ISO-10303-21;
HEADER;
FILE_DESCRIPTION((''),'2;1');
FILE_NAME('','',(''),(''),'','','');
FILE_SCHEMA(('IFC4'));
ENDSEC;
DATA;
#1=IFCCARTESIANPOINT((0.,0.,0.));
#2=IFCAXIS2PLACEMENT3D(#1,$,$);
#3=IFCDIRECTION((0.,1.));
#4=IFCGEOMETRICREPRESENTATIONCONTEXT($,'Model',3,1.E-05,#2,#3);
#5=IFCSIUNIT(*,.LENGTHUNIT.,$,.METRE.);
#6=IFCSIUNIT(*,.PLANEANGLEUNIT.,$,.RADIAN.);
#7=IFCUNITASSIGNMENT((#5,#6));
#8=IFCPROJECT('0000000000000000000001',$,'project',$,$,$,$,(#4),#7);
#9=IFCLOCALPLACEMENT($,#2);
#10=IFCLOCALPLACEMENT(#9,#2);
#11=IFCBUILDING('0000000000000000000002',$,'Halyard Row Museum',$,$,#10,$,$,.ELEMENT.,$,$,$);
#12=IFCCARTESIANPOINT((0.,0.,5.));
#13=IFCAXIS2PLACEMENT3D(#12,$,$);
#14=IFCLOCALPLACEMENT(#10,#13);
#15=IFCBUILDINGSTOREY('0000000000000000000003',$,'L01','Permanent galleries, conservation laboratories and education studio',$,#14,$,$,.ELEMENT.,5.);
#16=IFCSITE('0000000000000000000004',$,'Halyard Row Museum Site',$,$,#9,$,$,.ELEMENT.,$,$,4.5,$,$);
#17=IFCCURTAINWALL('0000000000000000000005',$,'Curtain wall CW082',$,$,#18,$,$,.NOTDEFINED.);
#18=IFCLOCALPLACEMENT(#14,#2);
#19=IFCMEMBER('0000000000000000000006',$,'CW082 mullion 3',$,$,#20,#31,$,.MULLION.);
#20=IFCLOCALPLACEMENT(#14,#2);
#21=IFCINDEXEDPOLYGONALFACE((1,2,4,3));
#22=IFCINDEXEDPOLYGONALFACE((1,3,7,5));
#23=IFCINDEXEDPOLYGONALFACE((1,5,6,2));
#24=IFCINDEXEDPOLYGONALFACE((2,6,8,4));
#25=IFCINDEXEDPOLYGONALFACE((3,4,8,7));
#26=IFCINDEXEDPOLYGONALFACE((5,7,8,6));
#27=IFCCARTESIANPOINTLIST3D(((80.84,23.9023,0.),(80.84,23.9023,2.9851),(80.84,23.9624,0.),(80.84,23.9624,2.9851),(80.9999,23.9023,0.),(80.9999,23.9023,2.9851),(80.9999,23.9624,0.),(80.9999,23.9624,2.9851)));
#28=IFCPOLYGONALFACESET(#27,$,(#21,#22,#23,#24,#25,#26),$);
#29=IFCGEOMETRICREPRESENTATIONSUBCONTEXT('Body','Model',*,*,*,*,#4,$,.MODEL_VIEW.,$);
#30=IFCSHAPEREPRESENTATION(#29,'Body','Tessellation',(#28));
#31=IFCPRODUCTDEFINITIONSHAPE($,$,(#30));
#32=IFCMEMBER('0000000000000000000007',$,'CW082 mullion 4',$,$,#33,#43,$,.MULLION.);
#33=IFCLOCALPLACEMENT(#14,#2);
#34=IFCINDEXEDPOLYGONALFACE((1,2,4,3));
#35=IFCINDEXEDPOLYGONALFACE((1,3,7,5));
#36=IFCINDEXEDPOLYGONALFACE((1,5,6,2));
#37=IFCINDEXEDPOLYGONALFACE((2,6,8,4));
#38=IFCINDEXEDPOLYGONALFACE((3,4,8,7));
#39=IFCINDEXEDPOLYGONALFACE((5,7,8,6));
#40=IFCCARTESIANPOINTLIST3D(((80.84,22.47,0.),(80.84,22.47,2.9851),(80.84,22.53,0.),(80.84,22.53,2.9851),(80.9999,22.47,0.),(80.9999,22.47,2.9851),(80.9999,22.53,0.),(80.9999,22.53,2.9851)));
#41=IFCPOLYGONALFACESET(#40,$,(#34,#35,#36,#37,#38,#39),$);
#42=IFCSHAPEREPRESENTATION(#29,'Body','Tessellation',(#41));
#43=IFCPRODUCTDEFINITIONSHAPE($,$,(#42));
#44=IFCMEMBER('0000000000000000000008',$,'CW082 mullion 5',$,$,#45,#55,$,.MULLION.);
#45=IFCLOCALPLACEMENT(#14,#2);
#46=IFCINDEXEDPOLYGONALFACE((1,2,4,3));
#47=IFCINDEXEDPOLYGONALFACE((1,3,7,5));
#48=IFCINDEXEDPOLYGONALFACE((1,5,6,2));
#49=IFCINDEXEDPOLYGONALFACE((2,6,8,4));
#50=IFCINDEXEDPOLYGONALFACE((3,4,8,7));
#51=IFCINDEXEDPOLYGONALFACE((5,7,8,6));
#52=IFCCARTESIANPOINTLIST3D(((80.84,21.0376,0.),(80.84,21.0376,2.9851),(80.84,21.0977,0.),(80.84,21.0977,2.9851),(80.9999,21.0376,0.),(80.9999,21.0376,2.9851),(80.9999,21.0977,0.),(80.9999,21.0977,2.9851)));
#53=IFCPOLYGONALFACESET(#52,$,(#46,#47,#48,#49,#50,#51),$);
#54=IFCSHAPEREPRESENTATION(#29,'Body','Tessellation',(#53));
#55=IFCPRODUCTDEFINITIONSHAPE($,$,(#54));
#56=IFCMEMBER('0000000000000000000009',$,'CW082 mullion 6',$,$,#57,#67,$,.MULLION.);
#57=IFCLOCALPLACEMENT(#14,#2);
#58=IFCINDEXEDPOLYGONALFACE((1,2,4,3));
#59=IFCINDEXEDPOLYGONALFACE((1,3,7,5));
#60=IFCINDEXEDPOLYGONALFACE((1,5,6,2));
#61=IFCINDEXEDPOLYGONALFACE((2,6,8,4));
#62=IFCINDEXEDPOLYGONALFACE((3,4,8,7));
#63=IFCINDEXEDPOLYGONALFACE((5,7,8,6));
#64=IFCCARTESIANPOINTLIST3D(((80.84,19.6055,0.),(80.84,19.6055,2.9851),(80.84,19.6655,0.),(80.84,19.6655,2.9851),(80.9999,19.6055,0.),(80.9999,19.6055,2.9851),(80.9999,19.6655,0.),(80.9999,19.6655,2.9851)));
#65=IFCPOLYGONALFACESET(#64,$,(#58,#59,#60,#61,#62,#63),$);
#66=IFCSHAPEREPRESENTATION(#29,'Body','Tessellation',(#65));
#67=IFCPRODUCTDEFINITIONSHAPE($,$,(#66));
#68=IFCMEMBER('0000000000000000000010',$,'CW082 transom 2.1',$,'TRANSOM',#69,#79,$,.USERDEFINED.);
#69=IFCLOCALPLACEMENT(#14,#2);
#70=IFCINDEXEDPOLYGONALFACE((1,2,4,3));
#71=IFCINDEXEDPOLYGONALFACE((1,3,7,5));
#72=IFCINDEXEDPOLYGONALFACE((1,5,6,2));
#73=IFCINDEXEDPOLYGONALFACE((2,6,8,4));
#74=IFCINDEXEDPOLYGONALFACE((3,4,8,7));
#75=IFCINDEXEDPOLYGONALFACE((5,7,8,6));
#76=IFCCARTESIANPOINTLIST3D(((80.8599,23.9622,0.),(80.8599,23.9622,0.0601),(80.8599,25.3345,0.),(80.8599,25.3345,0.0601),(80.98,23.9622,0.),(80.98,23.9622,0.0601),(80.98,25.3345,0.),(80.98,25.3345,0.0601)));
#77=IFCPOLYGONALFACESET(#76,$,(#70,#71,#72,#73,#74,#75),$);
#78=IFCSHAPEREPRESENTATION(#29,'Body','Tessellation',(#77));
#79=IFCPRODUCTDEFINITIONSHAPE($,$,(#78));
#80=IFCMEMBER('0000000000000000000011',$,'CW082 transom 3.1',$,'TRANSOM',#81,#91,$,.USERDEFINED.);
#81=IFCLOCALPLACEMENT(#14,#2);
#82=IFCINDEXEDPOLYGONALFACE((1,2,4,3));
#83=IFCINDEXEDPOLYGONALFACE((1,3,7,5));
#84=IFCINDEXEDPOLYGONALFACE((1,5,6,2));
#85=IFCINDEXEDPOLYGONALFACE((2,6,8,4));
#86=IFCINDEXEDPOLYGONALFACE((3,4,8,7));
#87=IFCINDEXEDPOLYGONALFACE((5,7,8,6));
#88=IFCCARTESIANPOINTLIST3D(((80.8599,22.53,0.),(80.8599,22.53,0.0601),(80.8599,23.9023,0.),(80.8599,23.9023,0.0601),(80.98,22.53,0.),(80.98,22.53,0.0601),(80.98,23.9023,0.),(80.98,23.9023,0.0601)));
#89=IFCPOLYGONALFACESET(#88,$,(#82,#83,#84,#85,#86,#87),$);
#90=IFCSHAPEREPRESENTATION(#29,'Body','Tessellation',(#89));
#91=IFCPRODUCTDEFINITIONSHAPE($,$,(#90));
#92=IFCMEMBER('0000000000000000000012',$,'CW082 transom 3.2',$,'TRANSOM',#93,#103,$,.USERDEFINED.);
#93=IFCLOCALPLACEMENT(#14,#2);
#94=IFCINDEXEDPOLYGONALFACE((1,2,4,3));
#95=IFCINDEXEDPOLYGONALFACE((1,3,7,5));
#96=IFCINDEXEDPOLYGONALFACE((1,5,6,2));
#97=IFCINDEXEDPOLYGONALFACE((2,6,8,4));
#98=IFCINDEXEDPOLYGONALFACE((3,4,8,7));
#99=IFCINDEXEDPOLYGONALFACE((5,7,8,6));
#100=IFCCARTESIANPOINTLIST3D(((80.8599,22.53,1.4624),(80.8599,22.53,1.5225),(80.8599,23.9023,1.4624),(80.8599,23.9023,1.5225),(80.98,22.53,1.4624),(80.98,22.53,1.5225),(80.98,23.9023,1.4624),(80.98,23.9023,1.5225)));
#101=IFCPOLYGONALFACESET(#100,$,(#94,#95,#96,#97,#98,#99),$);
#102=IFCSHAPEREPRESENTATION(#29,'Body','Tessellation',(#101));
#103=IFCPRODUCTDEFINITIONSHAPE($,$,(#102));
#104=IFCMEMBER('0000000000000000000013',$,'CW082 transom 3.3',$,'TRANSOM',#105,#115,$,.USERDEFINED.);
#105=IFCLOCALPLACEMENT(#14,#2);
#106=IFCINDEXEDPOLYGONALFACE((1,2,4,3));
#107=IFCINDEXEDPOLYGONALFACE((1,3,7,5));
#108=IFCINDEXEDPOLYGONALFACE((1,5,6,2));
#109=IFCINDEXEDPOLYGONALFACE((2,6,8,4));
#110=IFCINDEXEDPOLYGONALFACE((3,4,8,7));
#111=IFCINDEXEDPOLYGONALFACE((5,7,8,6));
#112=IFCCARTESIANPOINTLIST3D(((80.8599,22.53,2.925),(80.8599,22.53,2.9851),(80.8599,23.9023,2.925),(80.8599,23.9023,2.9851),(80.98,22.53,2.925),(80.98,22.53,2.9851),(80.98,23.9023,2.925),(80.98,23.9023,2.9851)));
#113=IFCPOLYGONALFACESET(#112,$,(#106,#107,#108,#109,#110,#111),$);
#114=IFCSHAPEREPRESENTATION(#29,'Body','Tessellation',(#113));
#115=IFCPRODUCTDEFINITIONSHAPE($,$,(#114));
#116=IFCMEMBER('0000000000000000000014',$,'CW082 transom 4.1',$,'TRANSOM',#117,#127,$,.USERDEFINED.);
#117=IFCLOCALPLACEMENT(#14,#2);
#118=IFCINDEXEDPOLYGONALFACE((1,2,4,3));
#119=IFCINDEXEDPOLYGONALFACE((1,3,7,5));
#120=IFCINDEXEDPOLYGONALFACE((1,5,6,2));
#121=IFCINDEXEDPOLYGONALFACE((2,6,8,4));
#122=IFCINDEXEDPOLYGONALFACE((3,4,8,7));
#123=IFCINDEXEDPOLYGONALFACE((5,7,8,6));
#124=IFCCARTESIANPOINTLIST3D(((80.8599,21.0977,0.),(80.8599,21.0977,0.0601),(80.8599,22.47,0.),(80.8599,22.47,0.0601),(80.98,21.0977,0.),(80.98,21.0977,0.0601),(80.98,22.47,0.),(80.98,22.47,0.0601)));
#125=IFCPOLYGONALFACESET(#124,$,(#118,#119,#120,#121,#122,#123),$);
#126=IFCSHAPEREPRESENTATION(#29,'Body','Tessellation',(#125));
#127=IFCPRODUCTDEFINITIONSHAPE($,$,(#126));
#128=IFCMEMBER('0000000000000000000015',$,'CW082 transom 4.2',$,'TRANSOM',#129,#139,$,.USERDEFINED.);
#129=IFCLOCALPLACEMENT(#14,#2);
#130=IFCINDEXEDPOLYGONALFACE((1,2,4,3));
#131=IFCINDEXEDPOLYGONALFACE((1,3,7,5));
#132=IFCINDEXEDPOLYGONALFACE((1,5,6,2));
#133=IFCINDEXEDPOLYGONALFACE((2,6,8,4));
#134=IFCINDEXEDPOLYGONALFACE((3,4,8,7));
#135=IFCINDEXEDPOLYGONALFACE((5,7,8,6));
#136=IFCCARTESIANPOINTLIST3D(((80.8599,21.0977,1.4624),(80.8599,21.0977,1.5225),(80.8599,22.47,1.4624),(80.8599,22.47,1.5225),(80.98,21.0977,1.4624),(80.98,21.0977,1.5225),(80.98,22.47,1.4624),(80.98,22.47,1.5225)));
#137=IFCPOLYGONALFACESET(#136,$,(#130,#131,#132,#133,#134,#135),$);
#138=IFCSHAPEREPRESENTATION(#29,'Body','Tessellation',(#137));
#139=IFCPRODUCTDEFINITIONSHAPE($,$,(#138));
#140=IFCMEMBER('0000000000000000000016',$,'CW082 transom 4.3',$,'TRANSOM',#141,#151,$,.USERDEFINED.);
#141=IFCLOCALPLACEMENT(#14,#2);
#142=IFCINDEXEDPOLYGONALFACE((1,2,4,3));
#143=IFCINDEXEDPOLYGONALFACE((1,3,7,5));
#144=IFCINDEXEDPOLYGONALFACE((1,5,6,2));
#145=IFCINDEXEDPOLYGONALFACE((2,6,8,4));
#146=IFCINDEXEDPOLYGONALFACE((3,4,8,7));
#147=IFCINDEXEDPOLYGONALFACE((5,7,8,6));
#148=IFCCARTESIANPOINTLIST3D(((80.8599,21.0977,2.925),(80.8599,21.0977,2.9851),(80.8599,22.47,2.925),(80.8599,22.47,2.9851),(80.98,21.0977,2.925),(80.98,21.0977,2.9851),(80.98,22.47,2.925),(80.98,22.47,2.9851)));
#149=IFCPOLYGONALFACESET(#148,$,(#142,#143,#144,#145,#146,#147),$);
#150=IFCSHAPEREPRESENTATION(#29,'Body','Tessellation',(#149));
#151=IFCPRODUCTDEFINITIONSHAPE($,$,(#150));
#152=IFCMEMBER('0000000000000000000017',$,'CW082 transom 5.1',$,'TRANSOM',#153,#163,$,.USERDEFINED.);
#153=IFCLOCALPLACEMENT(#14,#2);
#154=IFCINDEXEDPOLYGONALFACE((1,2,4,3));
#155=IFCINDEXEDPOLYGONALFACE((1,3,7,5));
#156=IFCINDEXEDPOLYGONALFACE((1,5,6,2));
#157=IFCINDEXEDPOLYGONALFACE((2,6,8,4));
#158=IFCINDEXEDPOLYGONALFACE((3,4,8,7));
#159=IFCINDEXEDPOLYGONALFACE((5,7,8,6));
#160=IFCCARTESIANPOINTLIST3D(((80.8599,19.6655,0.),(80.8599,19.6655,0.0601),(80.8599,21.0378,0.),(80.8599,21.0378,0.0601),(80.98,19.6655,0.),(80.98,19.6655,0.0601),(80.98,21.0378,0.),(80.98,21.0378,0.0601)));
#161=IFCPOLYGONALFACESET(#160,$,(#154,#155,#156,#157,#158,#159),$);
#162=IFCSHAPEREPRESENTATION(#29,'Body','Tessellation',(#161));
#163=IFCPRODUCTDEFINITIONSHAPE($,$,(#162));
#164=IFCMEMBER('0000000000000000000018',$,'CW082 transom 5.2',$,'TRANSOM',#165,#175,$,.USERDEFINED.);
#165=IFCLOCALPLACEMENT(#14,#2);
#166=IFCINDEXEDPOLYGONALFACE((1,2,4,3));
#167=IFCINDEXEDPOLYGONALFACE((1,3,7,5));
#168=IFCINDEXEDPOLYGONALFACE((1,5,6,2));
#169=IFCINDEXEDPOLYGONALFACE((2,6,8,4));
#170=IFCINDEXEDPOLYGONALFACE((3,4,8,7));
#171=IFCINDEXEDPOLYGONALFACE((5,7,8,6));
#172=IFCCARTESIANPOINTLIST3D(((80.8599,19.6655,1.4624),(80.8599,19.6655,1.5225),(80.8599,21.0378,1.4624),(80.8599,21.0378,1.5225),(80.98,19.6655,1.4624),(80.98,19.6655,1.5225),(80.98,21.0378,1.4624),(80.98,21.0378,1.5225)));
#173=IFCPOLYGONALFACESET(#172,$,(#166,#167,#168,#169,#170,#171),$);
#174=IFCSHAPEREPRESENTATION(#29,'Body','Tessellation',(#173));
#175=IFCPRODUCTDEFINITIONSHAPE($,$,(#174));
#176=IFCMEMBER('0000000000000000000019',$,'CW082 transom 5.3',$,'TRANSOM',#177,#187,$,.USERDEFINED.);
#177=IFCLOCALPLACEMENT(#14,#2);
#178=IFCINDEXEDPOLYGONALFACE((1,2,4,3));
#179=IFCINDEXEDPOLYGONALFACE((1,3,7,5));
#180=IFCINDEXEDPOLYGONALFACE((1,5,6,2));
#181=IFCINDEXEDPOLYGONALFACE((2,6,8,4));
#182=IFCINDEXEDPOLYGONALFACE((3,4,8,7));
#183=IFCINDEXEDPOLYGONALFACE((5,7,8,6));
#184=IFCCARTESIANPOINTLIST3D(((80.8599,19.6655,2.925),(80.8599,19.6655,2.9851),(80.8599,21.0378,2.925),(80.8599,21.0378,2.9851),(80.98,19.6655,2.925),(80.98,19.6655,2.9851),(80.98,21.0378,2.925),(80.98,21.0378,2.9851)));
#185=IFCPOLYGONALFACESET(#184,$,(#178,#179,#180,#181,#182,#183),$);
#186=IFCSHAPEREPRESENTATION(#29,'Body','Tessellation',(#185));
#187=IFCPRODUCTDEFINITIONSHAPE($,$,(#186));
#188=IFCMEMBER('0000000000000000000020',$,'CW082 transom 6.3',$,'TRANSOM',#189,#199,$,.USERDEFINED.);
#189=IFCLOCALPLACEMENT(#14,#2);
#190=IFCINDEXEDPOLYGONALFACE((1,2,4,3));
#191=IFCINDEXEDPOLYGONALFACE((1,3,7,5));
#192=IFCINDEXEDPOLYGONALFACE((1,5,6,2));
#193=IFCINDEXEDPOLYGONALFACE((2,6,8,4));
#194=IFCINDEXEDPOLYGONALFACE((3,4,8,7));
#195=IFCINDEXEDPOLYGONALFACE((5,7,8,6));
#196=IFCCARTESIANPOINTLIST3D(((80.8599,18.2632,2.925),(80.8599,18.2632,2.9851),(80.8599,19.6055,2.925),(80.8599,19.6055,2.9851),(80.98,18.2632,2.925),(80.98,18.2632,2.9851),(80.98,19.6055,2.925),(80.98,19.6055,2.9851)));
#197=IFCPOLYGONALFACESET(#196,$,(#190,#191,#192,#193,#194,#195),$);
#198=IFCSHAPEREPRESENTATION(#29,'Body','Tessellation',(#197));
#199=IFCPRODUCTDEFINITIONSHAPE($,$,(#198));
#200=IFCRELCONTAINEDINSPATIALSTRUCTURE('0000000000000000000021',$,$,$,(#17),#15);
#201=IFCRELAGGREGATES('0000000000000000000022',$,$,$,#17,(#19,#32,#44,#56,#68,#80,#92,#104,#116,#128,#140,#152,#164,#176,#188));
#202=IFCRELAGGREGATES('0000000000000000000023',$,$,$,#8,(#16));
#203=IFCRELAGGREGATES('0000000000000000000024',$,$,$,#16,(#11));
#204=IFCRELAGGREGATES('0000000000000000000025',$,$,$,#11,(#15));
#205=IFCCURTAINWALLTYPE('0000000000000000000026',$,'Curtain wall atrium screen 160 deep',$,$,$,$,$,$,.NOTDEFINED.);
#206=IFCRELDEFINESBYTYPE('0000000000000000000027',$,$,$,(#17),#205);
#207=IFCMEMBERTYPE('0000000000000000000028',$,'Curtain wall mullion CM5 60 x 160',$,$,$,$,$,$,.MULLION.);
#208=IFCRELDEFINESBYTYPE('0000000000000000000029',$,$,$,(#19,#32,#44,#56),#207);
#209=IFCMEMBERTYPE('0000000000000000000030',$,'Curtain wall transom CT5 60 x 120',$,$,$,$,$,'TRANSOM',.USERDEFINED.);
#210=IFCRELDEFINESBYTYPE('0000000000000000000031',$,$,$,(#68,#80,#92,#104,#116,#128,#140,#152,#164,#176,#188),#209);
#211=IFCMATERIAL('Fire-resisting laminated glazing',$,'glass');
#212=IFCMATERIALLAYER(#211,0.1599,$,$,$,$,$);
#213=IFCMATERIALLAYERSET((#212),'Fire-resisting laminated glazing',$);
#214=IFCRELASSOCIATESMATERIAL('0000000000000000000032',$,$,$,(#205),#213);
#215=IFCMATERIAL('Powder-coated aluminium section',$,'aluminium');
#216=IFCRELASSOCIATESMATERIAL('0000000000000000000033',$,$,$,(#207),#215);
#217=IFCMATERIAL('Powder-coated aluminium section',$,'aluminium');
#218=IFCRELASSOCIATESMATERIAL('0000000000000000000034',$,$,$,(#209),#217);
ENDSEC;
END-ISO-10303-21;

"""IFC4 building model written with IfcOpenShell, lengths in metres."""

from ifc_helpers import new_model, si_unit, direction, frame, origin, origin_2d, place, context, subcontext, project, spatial, rectangle, extrude, material, layer, layer_set, material_profile, profile_set, type_object, element, aggregate, save


model = new_model("IFC4")

# Units and contexts
model_context = context("Model", 3, precision=1e-05, world=origin(), true_north=direction((0.0, 1.0)))
body_context = subcontext(model_context, "Body", "Model", "MODEL_VIEW")
ifc_project = project(units=[si_unit("LENGTHUNIT", "METRE"), si_unit("PLANEANGLEUNIT", "RADIAN")], contexts=[model_context])

# Site, building, storey
site_placement = place(None, origin())
site = spatial("IfcSite", under=ifc_project, at=site_placement, Name="Halyard Row Museum Site", CompositionType="ELEMENT", RefElevation=4.5)
building_placement = place(site_placement, origin())
building = spatial("IfcBuilding", under=site, at=building_placement, Name="Halyard Row Museum", CompositionType="ELEMENT")
storey_placement = place(building_placement, frame((0.0, 0.0, 5.0)))
storey = spatial("IfcBuildingStorey", under=building, at=storey_placement, Name="L01", Description="Permanent galleries, conservation laboratories and education studio", CompositionType="ELEMENT", Elevation=5.0)

# Curtain wall, members
ifc_material_1 = material(Name="Fire-resisting laminated glazing", Category="glass")
ifc_layer_1 = layer(ifc_material_1, 0.1599)
ifc_layer_set_1 = layer_set([ifc_layer_1], Name="Fire-resisting laminated glazing")
curtain_wall_type = type_object("IfcCurtainWallType", Name="Curtain wall atrium screen 160 deep", PredefinedType="NOTDEFINED", material=ifc_layer_set_1)
curtain_wall_placement = place(storey_placement, origin())
curtain_wall = element("IfcCurtainWall", 1, at=curtain_wall_placement, inside=storey, type_object=curtain_wall_type, Name="Curtain wall CW082", PredefinedType="NOTDEFINED")
ifc_material_2 = material(Name="Powder-coated aluminium section", Category="aluminium")
ifc_material_profile_1 = material_profile(ifc_material_2, rectangle(XDim=0.1599, YDim=0.0601, at=origin_2d()), Name="160x60 mullion")
ifc_profile_set_1 = profile_set([ifc_material_profile_1], Name="Powder-coated aluminium section")
member_type_1 = type_object("IfcMemberType", Name="Curtain wall mullion CM5 60 x 160", PredefinedType="MULLION", material=ifc_profile_set_1)
member_1_placement = place(storey_placement, frame((80.9199, 23.9324, 0.0), z_axis=(0.0, 0.0, 1.0), x_axis=(1.0, 0.0, 0.0)))
member_1 = element("IfcMember", 2, at=member_1_placement, type_object=member_type_1, Name="CW082 mullion 3", PredefinedType="MULLION", context=body_context, shape_type="SweptSolid", body=[
    extrude(rectangle(XDim=0.1599, YDim=0.0601, at=origin_2d()), origin(), (0.0, 0.0, 1.0), 2.9851),
])
member_2_placement = place(storey_placement, frame((80.9199, 22.5, 0.0), z_axis=(0.0, 0.0, 1.0), x_axis=(1.0, 0.0, 0.0)))
member_2 = element("IfcMember", 3, at=member_2_placement, type_object=member_type_1, Name="CW082 mullion 4", PredefinedType="MULLION", context=body_context, shape_type="SweptSolid", body=[
    extrude(rectangle(XDim=0.1599, YDim=0.0601, at=origin_2d()), origin(), (0.0, 0.0, 1.0), 2.9851),
])
member_3_placement = place(storey_placement, frame((80.9199, 21.0676, 0.0), z_axis=(0.0, 0.0, 1.0), x_axis=(1.0, 0.0, 0.0)))
member_3 = element("IfcMember", 4, at=member_3_placement, type_object=member_type_1, Name="CW082 mullion 5", PredefinedType="MULLION", context=body_context, shape_type="SweptSolid", body=[
    extrude(rectangle(XDim=0.1599, YDim=0.0601, at=origin_2d()), origin(), (0.0, 0.0, 1.0), 2.9851),
])
member_4_placement = place(storey_placement, frame((80.9199, 19.6355, 0.0), z_axis=(0.0, 0.0, 1.0), x_axis=(1.0, 0.0, 0.0)))
member_4 = element("IfcMember", 5, at=member_4_placement, type_object=member_type_1, Name="CW082 mullion 6", PredefinedType="MULLION", context=body_context, shape_type="SweptSolid", body=[
    extrude(rectangle(XDim=0.1599, YDim=0.0601, at=origin_2d()), origin(), (0.0, 0.0, 1.0), 2.9851),
])
ifc_material_3 = material(Name="Powder-coated aluminium section", Category="aluminium")
ifc_material_profile_2 = material_profile(ifc_material_3, rectangle(XDim=0.1201, YDim=0.0601, at=origin_2d()), Name="120x60 transom")
ifc_profile_set_2 = profile_set([ifc_material_profile_2], Name="Powder-coated aluminium section")
member_type_2 = type_object("IfcMemberType", Name="Curtain wall transom CT5 60 x 120", ElementType="TRANSOM", PredefinedType="USERDEFINED", material=ifc_profile_set_2)
member_5_placement = place(storey_placement, frame((80.9199, 25.3345, 0.03), z_axis=(0.0, -1.0, 0.0), x_axis=(1.0, 0.0, 0.0)))
member_5 = element("IfcMember", 6, at=member_5_placement, type_object=member_type_2, Name="CW082 transom 2.1", ObjectType="TRANSOM", PredefinedType="USERDEFINED", context=body_context, shape_type="SweptSolid", body=[
    extrude(rectangle(XDim=0.1201, YDim=0.0601, at=origin_2d()), origin(), (0.0, 0.0, 1.0), 1.3723),
])
member_6_placement = place(storey_placement, frame((80.9199, 23.9023, 0.03), z_axis=(0.0, -1.0, 0.0), x_axis=(1.0, 0.0, 0.0)))
member_6 = element("IfcMember", 7, at=member_6_placement, type_object=member_type_2, Name="CW082 transom 3.1", ObjectType="TRANSOM", PredefinedType="USERDEFINED", context=body_context, shape_type="SweptSolid", body=[
    extrude(rectangle(XDim=0.1201, YDim=0.0601, at=origin_2d()), origin(), (0.0, 0.0, 1.0), 1.3723),
])
member_7_placement = place(storey_placement, frame((80.9199, 23.9023, 1.4924), z_axis=(0.0, -1.0, 0.0), x_axis=(1.0, 0.0, 0.0)))
member_7 = element("IfcMember", 8, at=member_7_placement, type_object=member_type_2, Name="CW082 transom 3.2", ObjectType="TRANSOM", PredefinedType="USERDEFINED", context=body_context, shape_type="SweptSolid", body=[
    extrude(rectangle(XDim=0.1201, YDim=0.0601, at=origin_2d()), origin(), (0.0, 0.0, 1.0), 1.3723),
])
member_8_placement = place(storey_placement, frame((80.9199, 23.9023, 2.9551), z_axis=(0.0, -1.0, 0.0), x_axis=(1.0, 0.0, 0.0)))
member_8 = element("IfcMember", 9, at=member_8_placement, type_object=member_type_2, Name="CW082 transom 3.3", ObjectType="TRANSOM", PredefinedType="USERDEFINED", context=body_context, shape_type="SweptSolid", body=[
    extrude(rectangle(XDim=0.1201, YDim=0.0601, at=origin_2d()), origin(), (0.0, 0.0, 1.0), 1.3723),
])
member_9_placement = place(storey_placement, frame((80.9199, 22.47, 0.03), z_axis=(0.0, -1.0, 0.0), x_axis=(1.0, 0.0, 0.0)))
member_9 = element("IfcMember", 10, at=member_9_placement, type_object=member_type_2, Name="CW082 transom 4.1", ObjectType="TRANSOM", PredefinedType="USERDEFINED", context=body_context, shape_type="SweptSolid", body=[
    extrude(rectangle(XDim=0.1201, YDim=0.0601, at=origin_2d()), origin(), (0.0, 0.0, 1.0), 1.3723),
])
member_10_placement = place(storey_placement, frame((80.9199, 22.47, 1.4924), z_axis=(0.0, -1.0, 0.0), x_axis=(1.0, 0.0, 0.0)))
member_10 = element("IfcMember", 11, at=member_10_placement, type_object=member_type_2, Name="CW082 transom 4.2", ObjectType="TRANSOM", PredefinedType="USERDEFINED", context=body_context, shape_type="SweptSolid", body=[
    extrude(rectangle(XDim=0.1201, YDim=0.0601, at=origin_2d()), origin(), (0.0, 0.0, 1.0), 1.3723),
])
member_11_placement = place(storey_placement, frame((80.9199, 22.47, 2.9551), z_axis=(0.0, -1.0, 0.0), x_axis=(1.0, 0.0, 0.0)))
member_11 = element("IfcMember", 12, at=member_11_placement, type_object=member_type_2, Name="CW082 transom 4.3", ObjectType="TRANSOM", PredefinedType="USERDEFINED", context=body_context, shape_type="SweptSolid", body=[
    extrude(rectangle(XDim=0.1201, YDim=0.0601, at=origin_2d()), origin(), (0.0, 0.0, 1.0), 1.3723),
])
member_12_placement = place(storey_placement, frame((80.9199, 21.0378, 0.03), z_axis=(0.0, -1.0, 0.0), x_axis=(1.0, 0.0, 0.0)))
member_12 = element("IfcMember", 13, at=member_12_placement, type_object=member_type_2, Name="CW082 transom 5.1", ObjectType="TRANSOM", PredefinedType="USERDEFINED", context=body_context, shape_type="SweptSolid", body=[
    extrude(rectangle(XDim=0.1201, YDim=0.0601, at=origin_2d()), origin(), (0.0, 0.0, 1.0), 1.3723),
])
member_13_placement = place(storey_placement, frame((80.9199, 21.0378, 1.4924), z_axis=(0.0, -1.0, 0.0), x_axis=(1.0, 0.0, 0.0)))
member_13 = element("IfcMember", 14, at=member_13_placement, type_object=member_type_2, Name="CW082 transom 5.2", ObjectType="TRANSOM", PredefinedType="USERDEFINED", context=body_context, shape_type="SweptSolid", body=[
    extrude(rectangle(XDim=0.1201, YDim=0.0601, at=origin_2d()), origin(), (0.0, 0.0, 1.0), 1.3723),
])
member_14_placement = place(storey_placement, frame((80.9199, 21.0378, 2.9551), z_axis=(0.0, -1.0, 0.0), x_axis=(1.0, 0.0, 0.0)))
member_14 = element("IfcMember", 15, at=member_14_placement, type_object=member_type_2, Name="CW082 transom 5.3", ObjectType="TRANSOM", PredefinedType="USERDEFINED", context=body_context, shape_type="SweptSolid", body=[
    extrude(rectangle(XDim=0.1201, YDim=0.0601, at=origin_2d()), origin(), (0.0, 0.0, 1.0), 1.3723),
])
member_15_placement = place(storey_placement, frame((80.9199, 19.6055, 2.9551), z_axis=(0.0, -1.0, 0.0), x_axis=(1.0, 0.0, 0.0)))
member_15 = element("IfcMember", 16, at=member_15_placement, type_object=member_type_2, Name="CW082 transom 6.3", ObjectType="TRANSOM", PredefinedType="USERDEFINED", context=body_context, shape_type="SweptSolid", body=[
    extrude(rectangle(XDim=0.1201, YDim=0.0601, at=origin_2d()), origin(), (0.0, 0.0, 1.0), 1.3423),
])
aggregate(curtain_wall, [member_1, member_2, member_3, member_4, member_5, member_6, member_7, member_8, member_9, member_10, member_11, member_12, member_13, member_14, member_15])

save(model, "model.ifc")
